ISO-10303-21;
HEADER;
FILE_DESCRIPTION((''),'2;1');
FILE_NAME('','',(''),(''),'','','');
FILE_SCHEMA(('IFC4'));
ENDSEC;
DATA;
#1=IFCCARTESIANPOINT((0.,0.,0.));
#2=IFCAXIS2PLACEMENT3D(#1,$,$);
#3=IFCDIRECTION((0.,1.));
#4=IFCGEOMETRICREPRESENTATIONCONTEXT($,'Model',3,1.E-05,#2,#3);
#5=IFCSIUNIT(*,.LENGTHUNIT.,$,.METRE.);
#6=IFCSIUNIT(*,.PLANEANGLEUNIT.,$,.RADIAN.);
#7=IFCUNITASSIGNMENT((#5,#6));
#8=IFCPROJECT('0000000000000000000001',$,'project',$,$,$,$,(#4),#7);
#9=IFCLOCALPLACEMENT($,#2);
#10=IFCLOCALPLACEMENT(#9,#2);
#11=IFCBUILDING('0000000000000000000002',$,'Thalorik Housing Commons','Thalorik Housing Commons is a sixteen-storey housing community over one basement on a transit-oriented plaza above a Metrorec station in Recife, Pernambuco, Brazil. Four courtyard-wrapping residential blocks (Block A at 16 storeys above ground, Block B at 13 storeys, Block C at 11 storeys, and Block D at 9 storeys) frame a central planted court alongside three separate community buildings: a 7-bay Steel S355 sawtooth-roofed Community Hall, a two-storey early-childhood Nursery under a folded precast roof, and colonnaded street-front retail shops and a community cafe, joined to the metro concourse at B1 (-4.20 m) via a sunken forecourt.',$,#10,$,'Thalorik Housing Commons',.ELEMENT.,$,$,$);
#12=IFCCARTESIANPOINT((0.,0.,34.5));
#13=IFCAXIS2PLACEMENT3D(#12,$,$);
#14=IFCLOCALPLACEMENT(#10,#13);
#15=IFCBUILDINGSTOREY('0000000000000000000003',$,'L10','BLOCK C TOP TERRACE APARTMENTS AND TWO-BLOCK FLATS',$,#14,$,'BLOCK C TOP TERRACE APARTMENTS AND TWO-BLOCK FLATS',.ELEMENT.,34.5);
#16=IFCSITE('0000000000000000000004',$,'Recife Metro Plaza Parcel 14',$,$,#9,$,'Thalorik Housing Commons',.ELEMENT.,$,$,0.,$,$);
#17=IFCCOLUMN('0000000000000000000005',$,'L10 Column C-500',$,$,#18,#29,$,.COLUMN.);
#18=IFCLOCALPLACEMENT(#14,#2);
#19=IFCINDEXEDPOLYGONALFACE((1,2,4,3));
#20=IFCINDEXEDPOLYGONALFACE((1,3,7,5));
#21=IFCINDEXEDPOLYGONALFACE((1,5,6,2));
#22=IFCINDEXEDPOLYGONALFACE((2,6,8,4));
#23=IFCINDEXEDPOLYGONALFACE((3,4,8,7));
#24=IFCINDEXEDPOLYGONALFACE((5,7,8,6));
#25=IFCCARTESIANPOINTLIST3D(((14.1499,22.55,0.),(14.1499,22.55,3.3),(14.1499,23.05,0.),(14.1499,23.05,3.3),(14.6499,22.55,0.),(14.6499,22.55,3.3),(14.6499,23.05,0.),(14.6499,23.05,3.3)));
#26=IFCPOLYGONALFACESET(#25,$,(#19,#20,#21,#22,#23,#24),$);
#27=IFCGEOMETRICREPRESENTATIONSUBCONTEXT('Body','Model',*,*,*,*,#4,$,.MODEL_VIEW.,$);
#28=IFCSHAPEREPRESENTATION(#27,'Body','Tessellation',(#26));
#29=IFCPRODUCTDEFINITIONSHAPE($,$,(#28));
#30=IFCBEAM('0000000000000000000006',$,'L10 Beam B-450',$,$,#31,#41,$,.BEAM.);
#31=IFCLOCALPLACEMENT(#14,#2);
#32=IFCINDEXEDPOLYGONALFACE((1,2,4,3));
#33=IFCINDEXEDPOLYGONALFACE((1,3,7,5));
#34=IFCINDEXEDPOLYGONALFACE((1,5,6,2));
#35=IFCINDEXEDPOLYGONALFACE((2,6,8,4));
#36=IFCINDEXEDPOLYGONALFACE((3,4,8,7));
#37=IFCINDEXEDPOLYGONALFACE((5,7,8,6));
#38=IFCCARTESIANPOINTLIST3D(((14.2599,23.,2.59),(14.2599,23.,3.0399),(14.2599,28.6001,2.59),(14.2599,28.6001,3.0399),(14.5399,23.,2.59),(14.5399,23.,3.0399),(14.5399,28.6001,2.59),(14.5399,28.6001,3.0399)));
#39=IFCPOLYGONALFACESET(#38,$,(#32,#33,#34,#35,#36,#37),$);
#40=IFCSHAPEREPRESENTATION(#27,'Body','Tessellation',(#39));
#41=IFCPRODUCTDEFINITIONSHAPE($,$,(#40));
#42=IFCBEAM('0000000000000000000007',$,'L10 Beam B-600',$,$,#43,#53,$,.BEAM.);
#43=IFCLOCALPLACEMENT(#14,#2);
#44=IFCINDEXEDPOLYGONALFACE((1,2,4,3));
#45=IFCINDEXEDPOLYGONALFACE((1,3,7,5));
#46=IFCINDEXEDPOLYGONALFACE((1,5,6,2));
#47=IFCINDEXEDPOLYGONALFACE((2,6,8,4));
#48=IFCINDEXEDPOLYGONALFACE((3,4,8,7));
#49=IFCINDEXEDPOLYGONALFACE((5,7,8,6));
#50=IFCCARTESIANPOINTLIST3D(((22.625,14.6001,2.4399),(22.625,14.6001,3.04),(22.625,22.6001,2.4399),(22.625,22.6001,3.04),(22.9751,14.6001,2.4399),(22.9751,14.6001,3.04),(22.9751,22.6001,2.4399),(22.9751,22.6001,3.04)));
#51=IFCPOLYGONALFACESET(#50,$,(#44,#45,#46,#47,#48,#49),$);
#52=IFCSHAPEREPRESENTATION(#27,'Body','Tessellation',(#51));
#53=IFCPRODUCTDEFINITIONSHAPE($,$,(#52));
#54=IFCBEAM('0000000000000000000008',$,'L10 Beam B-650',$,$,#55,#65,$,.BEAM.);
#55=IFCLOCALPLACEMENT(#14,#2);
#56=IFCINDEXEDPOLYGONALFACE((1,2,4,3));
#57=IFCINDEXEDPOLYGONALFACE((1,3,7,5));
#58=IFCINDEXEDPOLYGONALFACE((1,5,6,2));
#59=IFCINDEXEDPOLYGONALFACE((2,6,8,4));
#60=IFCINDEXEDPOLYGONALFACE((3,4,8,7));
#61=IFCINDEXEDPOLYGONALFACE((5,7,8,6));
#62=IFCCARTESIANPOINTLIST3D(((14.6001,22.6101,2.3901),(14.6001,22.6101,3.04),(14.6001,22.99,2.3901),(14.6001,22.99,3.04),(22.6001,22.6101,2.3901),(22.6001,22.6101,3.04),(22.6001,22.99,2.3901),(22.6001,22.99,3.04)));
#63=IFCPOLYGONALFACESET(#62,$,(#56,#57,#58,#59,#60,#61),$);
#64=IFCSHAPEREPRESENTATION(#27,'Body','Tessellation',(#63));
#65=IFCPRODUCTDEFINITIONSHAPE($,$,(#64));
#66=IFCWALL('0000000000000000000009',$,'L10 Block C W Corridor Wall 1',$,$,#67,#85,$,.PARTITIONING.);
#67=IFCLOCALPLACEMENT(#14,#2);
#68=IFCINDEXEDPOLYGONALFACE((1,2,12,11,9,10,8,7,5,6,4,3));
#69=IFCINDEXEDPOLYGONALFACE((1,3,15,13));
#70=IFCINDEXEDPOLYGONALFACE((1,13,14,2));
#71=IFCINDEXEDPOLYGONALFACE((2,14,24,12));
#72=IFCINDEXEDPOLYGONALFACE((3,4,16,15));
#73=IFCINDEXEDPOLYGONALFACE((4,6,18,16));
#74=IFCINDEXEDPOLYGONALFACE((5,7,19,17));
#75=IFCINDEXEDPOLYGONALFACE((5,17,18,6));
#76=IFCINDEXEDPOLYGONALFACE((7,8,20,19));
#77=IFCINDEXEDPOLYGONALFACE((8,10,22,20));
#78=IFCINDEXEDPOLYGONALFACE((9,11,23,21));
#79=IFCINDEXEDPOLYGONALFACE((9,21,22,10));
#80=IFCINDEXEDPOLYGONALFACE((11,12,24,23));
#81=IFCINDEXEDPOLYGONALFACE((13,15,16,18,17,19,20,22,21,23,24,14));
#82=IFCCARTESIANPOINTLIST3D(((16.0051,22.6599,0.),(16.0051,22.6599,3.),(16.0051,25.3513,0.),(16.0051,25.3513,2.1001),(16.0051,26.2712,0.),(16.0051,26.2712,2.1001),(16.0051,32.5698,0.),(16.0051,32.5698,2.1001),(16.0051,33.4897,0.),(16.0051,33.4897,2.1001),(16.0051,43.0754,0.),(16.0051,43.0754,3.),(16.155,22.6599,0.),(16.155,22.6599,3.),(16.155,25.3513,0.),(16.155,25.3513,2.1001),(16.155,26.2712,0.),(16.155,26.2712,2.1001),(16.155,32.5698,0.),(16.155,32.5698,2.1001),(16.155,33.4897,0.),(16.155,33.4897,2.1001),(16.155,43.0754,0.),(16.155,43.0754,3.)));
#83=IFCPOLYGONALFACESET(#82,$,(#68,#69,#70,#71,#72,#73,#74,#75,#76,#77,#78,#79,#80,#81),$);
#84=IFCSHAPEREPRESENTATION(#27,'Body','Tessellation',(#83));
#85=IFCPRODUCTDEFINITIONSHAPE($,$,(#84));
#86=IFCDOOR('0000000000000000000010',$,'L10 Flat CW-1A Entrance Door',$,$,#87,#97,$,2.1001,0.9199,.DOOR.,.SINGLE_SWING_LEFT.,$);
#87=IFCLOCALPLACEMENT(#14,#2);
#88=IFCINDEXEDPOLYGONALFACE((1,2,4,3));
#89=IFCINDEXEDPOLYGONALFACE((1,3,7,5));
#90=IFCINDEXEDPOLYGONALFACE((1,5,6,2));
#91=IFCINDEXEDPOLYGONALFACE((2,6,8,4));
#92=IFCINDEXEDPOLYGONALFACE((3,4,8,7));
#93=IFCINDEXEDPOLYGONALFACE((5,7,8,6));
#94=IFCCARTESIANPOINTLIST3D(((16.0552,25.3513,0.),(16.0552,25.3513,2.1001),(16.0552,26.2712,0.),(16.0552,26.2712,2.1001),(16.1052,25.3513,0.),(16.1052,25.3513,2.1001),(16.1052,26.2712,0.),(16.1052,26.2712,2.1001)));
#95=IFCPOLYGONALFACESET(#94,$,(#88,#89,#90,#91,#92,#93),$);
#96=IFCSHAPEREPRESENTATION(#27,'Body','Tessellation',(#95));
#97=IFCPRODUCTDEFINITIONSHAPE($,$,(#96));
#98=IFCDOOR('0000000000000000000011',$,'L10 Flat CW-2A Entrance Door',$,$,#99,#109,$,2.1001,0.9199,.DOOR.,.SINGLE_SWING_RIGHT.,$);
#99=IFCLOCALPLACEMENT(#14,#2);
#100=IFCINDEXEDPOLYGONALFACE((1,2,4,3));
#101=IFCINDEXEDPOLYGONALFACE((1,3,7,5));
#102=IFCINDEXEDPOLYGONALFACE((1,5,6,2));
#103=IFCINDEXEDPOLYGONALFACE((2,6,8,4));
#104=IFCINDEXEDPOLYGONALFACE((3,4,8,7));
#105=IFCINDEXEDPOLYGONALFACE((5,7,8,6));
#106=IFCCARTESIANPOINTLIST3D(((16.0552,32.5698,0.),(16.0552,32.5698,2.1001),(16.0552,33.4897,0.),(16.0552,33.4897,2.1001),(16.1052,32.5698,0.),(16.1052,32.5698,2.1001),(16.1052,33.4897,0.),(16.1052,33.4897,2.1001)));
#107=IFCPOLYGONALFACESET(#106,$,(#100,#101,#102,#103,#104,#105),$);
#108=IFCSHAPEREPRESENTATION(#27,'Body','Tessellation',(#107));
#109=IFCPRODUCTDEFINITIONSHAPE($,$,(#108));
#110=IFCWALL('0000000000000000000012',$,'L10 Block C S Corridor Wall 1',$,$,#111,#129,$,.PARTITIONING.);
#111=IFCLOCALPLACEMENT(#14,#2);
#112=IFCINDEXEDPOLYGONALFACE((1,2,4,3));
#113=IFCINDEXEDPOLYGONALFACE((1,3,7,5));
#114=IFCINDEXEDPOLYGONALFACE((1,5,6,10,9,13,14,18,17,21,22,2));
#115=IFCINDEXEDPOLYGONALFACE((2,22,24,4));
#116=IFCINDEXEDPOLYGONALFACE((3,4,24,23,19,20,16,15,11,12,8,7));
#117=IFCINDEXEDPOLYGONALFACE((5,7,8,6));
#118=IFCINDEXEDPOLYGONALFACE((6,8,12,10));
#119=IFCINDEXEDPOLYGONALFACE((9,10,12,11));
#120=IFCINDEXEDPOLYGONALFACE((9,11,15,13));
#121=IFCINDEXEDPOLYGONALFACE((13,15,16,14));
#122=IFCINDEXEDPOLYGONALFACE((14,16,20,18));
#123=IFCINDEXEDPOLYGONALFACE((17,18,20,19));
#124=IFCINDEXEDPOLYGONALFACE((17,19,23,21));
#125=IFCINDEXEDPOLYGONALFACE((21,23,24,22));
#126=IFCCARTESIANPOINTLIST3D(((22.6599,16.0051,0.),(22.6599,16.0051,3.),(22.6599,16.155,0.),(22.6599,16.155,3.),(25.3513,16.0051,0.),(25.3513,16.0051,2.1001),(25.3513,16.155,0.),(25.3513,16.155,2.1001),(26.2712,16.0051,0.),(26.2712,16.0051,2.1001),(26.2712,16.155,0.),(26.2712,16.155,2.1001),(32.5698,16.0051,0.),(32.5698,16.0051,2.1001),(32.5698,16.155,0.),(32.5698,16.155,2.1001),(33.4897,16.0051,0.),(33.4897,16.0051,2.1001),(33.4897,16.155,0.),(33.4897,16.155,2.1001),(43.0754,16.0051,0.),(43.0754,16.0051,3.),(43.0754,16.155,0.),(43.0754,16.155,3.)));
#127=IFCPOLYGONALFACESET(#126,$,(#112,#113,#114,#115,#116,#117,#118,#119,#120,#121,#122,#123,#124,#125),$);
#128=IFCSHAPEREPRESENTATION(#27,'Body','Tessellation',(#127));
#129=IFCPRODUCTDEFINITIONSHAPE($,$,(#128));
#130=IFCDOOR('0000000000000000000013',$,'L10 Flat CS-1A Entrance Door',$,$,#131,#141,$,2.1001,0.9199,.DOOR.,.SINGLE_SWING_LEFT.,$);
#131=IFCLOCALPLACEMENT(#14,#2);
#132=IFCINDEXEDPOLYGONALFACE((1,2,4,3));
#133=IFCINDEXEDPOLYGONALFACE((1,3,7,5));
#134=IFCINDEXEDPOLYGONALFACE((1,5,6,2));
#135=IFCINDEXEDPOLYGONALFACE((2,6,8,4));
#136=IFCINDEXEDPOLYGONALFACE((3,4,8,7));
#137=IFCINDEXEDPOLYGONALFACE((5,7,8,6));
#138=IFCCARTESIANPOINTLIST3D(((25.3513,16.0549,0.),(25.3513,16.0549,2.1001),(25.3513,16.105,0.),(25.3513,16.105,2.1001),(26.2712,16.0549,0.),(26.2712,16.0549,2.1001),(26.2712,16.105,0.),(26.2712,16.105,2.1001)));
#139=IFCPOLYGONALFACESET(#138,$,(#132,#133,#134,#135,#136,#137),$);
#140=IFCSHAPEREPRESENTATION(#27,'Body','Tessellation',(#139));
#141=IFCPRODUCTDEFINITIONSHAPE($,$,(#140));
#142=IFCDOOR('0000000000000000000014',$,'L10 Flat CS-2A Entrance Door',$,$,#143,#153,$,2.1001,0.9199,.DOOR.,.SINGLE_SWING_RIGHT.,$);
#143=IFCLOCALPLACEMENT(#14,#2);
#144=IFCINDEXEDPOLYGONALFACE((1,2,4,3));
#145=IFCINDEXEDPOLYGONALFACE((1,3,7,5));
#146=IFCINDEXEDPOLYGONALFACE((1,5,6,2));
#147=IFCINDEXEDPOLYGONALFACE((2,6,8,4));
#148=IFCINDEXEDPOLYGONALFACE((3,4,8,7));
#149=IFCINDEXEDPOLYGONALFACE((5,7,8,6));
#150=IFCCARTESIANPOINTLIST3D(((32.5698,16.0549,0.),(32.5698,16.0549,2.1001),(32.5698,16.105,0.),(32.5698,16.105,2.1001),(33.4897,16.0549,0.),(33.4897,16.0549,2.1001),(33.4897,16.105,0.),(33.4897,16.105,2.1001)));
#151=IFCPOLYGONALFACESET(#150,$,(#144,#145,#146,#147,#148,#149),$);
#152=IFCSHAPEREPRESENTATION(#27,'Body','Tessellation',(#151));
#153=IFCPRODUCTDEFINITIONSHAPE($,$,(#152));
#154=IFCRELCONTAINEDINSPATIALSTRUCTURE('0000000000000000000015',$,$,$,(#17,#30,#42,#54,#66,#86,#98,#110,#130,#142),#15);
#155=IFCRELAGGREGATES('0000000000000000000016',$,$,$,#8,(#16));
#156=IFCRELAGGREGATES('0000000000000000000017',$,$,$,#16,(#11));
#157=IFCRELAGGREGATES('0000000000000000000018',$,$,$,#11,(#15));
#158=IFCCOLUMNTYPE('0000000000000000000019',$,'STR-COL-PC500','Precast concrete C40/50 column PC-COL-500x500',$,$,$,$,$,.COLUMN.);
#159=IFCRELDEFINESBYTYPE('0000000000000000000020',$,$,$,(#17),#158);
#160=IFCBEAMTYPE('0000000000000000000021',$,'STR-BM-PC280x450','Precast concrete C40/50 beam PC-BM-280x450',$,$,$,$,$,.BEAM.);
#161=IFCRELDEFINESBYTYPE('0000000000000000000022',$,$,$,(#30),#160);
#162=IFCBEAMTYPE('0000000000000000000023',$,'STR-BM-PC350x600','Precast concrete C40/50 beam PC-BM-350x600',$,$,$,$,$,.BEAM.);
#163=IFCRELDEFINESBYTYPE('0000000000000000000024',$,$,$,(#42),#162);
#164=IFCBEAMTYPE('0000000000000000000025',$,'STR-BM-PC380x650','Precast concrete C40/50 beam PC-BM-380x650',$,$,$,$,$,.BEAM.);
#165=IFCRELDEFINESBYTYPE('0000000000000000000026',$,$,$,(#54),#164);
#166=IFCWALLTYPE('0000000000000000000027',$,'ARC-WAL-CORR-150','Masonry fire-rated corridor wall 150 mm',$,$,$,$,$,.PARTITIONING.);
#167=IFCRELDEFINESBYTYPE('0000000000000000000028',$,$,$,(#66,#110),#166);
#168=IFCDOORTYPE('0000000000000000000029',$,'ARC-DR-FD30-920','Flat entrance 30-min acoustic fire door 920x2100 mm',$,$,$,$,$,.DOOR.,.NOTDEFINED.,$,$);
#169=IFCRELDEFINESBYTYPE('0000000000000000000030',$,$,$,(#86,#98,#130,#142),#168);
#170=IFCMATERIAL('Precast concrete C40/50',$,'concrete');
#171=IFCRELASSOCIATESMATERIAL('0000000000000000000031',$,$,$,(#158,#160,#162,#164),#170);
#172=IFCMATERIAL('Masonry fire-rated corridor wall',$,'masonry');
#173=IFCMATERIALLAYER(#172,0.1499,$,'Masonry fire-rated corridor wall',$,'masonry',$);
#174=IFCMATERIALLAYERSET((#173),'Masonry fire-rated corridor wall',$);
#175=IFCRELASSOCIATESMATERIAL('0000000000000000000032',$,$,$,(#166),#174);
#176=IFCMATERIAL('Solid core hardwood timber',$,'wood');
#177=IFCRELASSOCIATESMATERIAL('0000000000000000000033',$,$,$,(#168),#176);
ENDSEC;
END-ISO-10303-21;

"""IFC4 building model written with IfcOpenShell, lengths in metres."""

from ifc_helpers import new_model, si_unit, direction, frame, frame_2d, origin, origin_2d, place, context, subcontext, project, spatial, rectangle, extrude, material, layer, layer_set, material_profile, profile_set, type_object, element, fill, save


model = new_model("IFC4")

# Units and contexts
model_context = context("Model", 3, precision=1e-05, world=origin(), true_north=direction((0.0, 1.0)))
body_context = subcontext(model_context, "Body", "Model", "MODEL_VIEW")
ifc_project = project(units=[si_unit("LENGTHUNIT", "METRE"), si_unit("PLANEANGLEUNIT", "RADIAN")], contexts=[model_context])

# Site, building, storey
site_placement = place(None, origin())
site = spatial("IfcSite", under=ifc_project, at=site_placement, Name="Recife Metro Plaza Parcel 14", LongName="Thalorik Housing Commons", CompositionType="ELEMENT", RefElevation=0.0)
building_placement = place(site_placement, origin())
building = spatial("IfcBuilding", under=site, at=building_placement, Name="Thalorik Housing Commons", Description="Thalorik Housing Commons is a sixteen-storey housing community over one basement on a transit-oriented plaza above a Metrorec station in Recife, Pernambuco, Brazil. Four courtyard-wrapping residential blocks (Block A at 16 storeys above ground, Block B at 13 storeys, Block C at 11 storeys, and Block D at 9 storeys) frame a central planted court alongside three separate community buildings: a 7-bay Steel S355 sawtooth-roofed Community Hall, a two-storey early-childhood Nursery under a folded precast roof, and colonnaded street-front retail shops and a community cafe, joined to the metro concourse at B1 (-4.20 m) via a sunken forecourt.", LongName="Thalorik Housing Commons", CompositionType="ELEMENT")
storey_placement = place(building_placement, frame((0.0, 0.0, 34.5)))
storey = spatial("IfcBuildingStorey", under=building, at=storey_placement, Name="L10", Description="BLOCK C TOP TERRACE APARTMENTS AND TWO-BLOCK FLATS", LongName="BLOCK C TOP TERRACE APARTMENTS AND TWO-BLOCK FLATS", CompositionType="ELEMENT", Elevation=34.5)

# Column
ifc_material_1 = material(Name="Precast concrete C40/50", Category="concrete")
ifc_material_profile_1 = material_profile(ifc_material_1, rectangle(XDim=0.5, YDim=0.5, at=origin_2d()), Name="PC 500x500", Category="concrete")
ifc_profile_set_1 = profile_set([ifc_material_profile_1], Name="Precast concrete C40/50")
column_type = type_object("IfcColumnType", Name="STR-COL-PC500", Description="Precast concrete C40/50 column PC-COL-500x500", PredefinedType="COLUMN", material=ifc_profile_set_1)
column_placement = place(storey_placement, frame((14.3999, 22.8, 0.0), z_axis=(0.0, 0.0, 1.0), x_axis=(1.0, 0.0, 0.0)))
element("IfcColumn", 1, at=column_placement, inside=storey, type_object=column_type, Name="L10 Column C-500", PredefinedType="COLUMN", context=body_context, shape_type="SweptSolid", body=[
    extrude(rectangle(XDim=0.5, YDim=0.5, at=origin_2d()), origin(), (0.0, 0.0, 1.0), 3.3),
])

# Beams
ifc_material_profile_2 = material_profile(ifc_material_1, rectangle(XDim=0.28, YDim=0.45, at=origin_2d()), Name="PC 280x450", Category="concrete")
ifc_profile_set_2 = profile_set([ifc_material_profile_2], Name="Precast concrete C40/50")
beam_type_1 = type_object("IfcBeamType", Name="STR-BM-PC280x450", Description="Precast concrete C40/50 beam PC-BM-280x450", PredefinedType="BEAM", material=ifc_profile_set_2)
beam_1_placement = place(storey_placement, frame((14.3999, 23.0, 2.8149), z_axis=(0.0, 1.0, 0.0), x_axis=(-1.0, 0.0, 0.0)))
element("IfcBeam", 2, at=beam_1_placement, inside=storey, type_object=beam_type_1, Name="L10 Beam B-450", PredefinedType="BEAM", context=body_context, shape_type="SweptSolid", body=[
    extrude(rectangle(XDim=0.28, YDim=0.45, at=origin_2d()), origin(), (0.0, 0.0, 1.0), 5.6001),
])
ifc_material_profile_3 = material_profile(ifc_material_1, rectangle(XDim=0.3501, YDim=0.6001, at=origin_2d()), Name="PC 350x600", Category="concrete")
ifc_profile_set_3 = profile_set([ifc_material_profile_3], Name="Precast concrete C40/50")
beam_type_2 = type_object("IfcBeamType", Name="STR-BM-PC350x600", Description="Precast concrete C40/50 beam PC-BM-350x600", PredefinedType="BEAM", material=ifc_profile_set_3)
beam_2_placement = place(storey_placement, frame((22.8, 14.6001, 2.74), z_axis=(0.0, 1.0, 0.0), x_axis=(-1.0, 0.0, 0.0)))
element("IfcBeam", 3, at=beam_2_placement, inside=storey, type_object=beam_type_2, Name="L10 Beam B-600", PredefinedType="BEAM", context=body_context, shape_type="SweptSolid", body=[
    extrude(rectangle(XDim=0.3501, YDim=0.6001, at=origin_2d()), origin(), (0.0, 0.0, 1.0), 8.0),
])
ifc_material_profile_4 = material_profile(ifc_material_1, rectangle(XDim=0.3799, YDim=0.6499, at=origin_2d()), Name="PC 380x650", Category="concrete")
ifc_profile_set_4 = profile_set([ifc_material_profile_4], Name="Precast concrete C40/50")
beam_type_3 = type_object("IfcBeamType", Name="STR-BM-PC380x650", Description="Precast concrete C40/50 beam PC-BM-380x650", PredefinedType="BEAM", material=ifc_profile_set_4)
beam_3_placement = place(storey_placement, frame((14.6001, 22.8, 2.7151), z_axis=(1.0, 0.0, 0.0), x_axis=(0.0, 1.0, 0.0)))
element("IfcBeam", 4, at=beam_3_placement, inside=storey, type_object=beam_type_3, Name="L10 Beam B-650", PredefinedType="BEAM", context=body_context, shape_type="SweptSolid", body=[
    extrude(rectangle(XDim=0.3799, YDim=0.6499, at=origin_2d()), origin(), (0.0, 0.0, 1.0), 8.0),
])

# Walls, openings, doors
ifc_material_2 = material(Name="Masonry fire-rated corridor wall", Category="masonry")
ifc_layer_1 = layer(ifc_material_2, 0.1499, Name="Masonry fire-rated corridor wall", Category="masonry")
ifc_layer_set_1 = layer_set([ifc_layer_1], Name="Masonry fire-rated corridor wall")
wall_type_1 = type_object("IfcWallType", Name="ARC-WAL-CORR-150", Description="Masonry fire-rated corridor wall 150 mm", PredefinedType="PARTITIONING", material=ifc_layer_set_1)
wall_1_placement = place(storey_placement, frame((16.0801, 22.6599, 0.0), z_axis=(0.0, 0.0, 1.0), x_axis=(0.0, 1.0, 0.0)))
wall_1 = element("IfcWall", 5, at=wall_1_placement, inside=storey, type_object=wall_type_1, Name="L10 Block C W Corridor Wall 1", PredefinedType="PARTITIONING", context=body_context, shape_type="SweptSolid", body=[
    extrude(rectangle(XDim=20.4155, YDim=0.1499, at=frame_2d((10.2078, 0.0))), origin(), (0.0, 0.0, 1.0), 3.0),
])
opening_1_placement = place(wall_1_placement, frame((2.6914, 0.0, 0.0)))
opening_1 = element("IfcOpeningElement", 6, at=opening_1_placement, cuts=wall_1, PredefinedType="OPENING", context=body_context, shape_type="SweptSolid", body=[
    extrude(rectangle(XDim=0.9199, YDim=2.1001, at=frame_2d((0.46, 1.05))), frame((0.0, 0.085, 0.0), z_axis=(0.0, -1.0, 0.0), x_axis=(1.0, 0.0, 0.0)), (0.0, 0.0, 1.0), 0.1699),
])
opening_2_placement = place(wall_1_placement, frame((9.9099, 0.0, 0.0)))
opening_2 = element("IfcOpeningElement", 7, at=opening_2_placement, cuts=wall_1, PredefinedType="OPENING", context=body_context, shape_type="SweptSolid", body=[
    extrude(rectangle(XDim=0.9199, YDim=2.1001, at=frame_2d((0.46, 1.05))), frame((0.0, 0.085, 0.0), z_axis=(0.0, -1.0, 0.0), x_axis=(1.0, 0.0, 0.0)), (0.0, 0.0, 1.0), 0.1699),
])
ifc_material_3 = material(Name="Solid core hardwood timber", Category="wood")
door_type_1 = type_object("IfcDoorType", Name="ARC-DR-FD30-920", Description="Flat entrance 30-min acoustic fire door 920x2100 mm", OperationType="NOTDEFINED", PredefinedType="DOOR", material=ifc_material_3)
door_1_placement = place(opening_1_placement, origin())
door_1 = element("IfcDoor", 8, at=door_1_placement, inside=storey, type_object=door_type_1, Name="L10 Flat CW-1A Entrance Door", OperationType="SINGLE_SWING_LEFT", OverallHeight=2.1001, OverallWidth=0.9199, PredefinedType="DOOR", context=body_context, shape_type="SweptSolid", body=[
    extrude(rectangle(XDim=0.9199, YDim=2.1001, at=frame_2d((0.46, 1.05))), frame((0.0, 0.0249, 0.0), z_axis=(0.0, -1.0, 0.0), x_axis=(1.0, 0.0, 0.0)), (0.0, 0.0, 1.0), 0.05),
])
fill(opening_1, door_1)
door_2_placement = place(opening_2_placement, origin())
door_2 = element("IfcDoor", 9, at=door_2_placement, inside=storey, type_object=door_type_1, Name="L10 Flat CW-2A Entrance Door", OperationType="SINGLE_SWING_RIGHT", OverallHeight=2.1001, OverallWidth=0.9199, PredefinedType="DOOR", context=body_context, shape_type="SweptSolid", body=[
    extrude(rectangle(XDim=0.9199, YDim=2.1001, at=frame_2d((0.46, 1.05))), frame((0.0, 0.0249, 0.0), z_axis=(0.0, -1.0, 0.0), x_axis=(1.0, 0.0, 0.0)), (0.0, 0.0, 1.0), 0.05),
])
fill(opening_2, door_2)
wall_2_placement = place(storey_placement, frame((22.6599, 16.0801, 0.0), z_axis=(0.0, 0.0, 1.0), x_axis=(1.0, 0.0, 0.0)))
wall_2 = element("IfcWall", 10, at=wall_2_placement, inside=storey, type_object=wall_type_1, Name="L10 Block C S Corridor Wall 1", PredefinedType="PARTITIONING", context=body_context, shape_type="SweptSolid", body=[
    extrude(rectangle(XDim=20.4155, YDim=0.1499, at=frame_2d((10.2078, 0.0))), origin(), (0.0, 0.0, 1.0), 3.0),
])
opening_3_placement = place(wall_2_placement, frame((2.6914, 0.0, 0.0)))
opening_3 = element("IfcOpeningElement", 11, at=opening_3_placement, cuts=wall_2, PredefinedType="OPENING", context=body_context, shape_type="SweptSolid", body=[
    extrude(rectangle(XDim=0.9199, YDim=2.1001, at=frame_2d((0.46, 1.05))), frame((0.0, 0.085, 0.0), z_axis=(0.0, -1.0, 0.0), x_axis=(1.0, 0.0, 0.0)), (0.0, 0.0, 1.0), 0.1699),
])
opening_4_placement = place(wall_2_placement, frame((9.9099, 0.0, 0.0)))
opening_4 = element("IfcOpeningElement", 12, at=opening_4_placement, cuts=wall_2, PredefinedType="OPENING", context=body_context, shape_type="SweptSolid", body=[
    extrude(rectangle(XDim=0.9199, YDim=2.1001, at=frame_2d((0.46, 1.05))), frame((0.0, 0.085, 0.0), z_axis=(0.0, -1.0, 0.0), x_axis=(1.0, 0.0, 0.0)), (0.0, 0.0, 1.0), 0.1699),
])
door_3_placement = place(opening_3_placement, origin())
door_3 = element("IfcDoor", 13, at=door_3_placement, inside=storey, type_object=door_type_1, Name="L10 Flat CS-1A Entrance Door", OperationType="SINGLE_SWING_LEFT", OverallHeight=2.1001, OverallWidth=0.9199, PredefinedType="DOOR", context=body_context, shape_type="SweptSolid", body=[
    extrude(rectangle(XDim=0.9199, YDim=2.1001, at=frame_2d((0.46, 1.05))), frame((0.0, 0.0249, 0.0), z_axis=(0.0, -1.0, 0.0), x_axis=(1.0, 0.0, 0.0)), (0.0, 0.0, 1.0), 0.05),
])
fill(opening_3, door_3)
door_4_placement = place(opening_4_placement, origin())
door_4 = element("IfcDoor", 14, at=door_4_placement, inside=storey, type_object=door_type_1, Name="L10 Flat CS-2A Entrance Door", OperationType="SINGLE_SWING_RIGHT", OverallHeight=2.1001, OverallWidth=0.9199, PredefinedType="DOOR", context=body_context, shape_type="SweptSolid", body=[
    extrude(rectangle(XDim=0.9199, YDim=2.1001, at=frame_2d((0.46, 1.05))), frame((0.0, 0.0249, 0.0), z_axis=(0.0, -1.0, 0.0), x_axis=(1.0, 0.0, 0.0)), (0.0, 0.0, 1.0), 0.05),
])
fill(opening_4, door_4)

save(model, "model.ifc")
